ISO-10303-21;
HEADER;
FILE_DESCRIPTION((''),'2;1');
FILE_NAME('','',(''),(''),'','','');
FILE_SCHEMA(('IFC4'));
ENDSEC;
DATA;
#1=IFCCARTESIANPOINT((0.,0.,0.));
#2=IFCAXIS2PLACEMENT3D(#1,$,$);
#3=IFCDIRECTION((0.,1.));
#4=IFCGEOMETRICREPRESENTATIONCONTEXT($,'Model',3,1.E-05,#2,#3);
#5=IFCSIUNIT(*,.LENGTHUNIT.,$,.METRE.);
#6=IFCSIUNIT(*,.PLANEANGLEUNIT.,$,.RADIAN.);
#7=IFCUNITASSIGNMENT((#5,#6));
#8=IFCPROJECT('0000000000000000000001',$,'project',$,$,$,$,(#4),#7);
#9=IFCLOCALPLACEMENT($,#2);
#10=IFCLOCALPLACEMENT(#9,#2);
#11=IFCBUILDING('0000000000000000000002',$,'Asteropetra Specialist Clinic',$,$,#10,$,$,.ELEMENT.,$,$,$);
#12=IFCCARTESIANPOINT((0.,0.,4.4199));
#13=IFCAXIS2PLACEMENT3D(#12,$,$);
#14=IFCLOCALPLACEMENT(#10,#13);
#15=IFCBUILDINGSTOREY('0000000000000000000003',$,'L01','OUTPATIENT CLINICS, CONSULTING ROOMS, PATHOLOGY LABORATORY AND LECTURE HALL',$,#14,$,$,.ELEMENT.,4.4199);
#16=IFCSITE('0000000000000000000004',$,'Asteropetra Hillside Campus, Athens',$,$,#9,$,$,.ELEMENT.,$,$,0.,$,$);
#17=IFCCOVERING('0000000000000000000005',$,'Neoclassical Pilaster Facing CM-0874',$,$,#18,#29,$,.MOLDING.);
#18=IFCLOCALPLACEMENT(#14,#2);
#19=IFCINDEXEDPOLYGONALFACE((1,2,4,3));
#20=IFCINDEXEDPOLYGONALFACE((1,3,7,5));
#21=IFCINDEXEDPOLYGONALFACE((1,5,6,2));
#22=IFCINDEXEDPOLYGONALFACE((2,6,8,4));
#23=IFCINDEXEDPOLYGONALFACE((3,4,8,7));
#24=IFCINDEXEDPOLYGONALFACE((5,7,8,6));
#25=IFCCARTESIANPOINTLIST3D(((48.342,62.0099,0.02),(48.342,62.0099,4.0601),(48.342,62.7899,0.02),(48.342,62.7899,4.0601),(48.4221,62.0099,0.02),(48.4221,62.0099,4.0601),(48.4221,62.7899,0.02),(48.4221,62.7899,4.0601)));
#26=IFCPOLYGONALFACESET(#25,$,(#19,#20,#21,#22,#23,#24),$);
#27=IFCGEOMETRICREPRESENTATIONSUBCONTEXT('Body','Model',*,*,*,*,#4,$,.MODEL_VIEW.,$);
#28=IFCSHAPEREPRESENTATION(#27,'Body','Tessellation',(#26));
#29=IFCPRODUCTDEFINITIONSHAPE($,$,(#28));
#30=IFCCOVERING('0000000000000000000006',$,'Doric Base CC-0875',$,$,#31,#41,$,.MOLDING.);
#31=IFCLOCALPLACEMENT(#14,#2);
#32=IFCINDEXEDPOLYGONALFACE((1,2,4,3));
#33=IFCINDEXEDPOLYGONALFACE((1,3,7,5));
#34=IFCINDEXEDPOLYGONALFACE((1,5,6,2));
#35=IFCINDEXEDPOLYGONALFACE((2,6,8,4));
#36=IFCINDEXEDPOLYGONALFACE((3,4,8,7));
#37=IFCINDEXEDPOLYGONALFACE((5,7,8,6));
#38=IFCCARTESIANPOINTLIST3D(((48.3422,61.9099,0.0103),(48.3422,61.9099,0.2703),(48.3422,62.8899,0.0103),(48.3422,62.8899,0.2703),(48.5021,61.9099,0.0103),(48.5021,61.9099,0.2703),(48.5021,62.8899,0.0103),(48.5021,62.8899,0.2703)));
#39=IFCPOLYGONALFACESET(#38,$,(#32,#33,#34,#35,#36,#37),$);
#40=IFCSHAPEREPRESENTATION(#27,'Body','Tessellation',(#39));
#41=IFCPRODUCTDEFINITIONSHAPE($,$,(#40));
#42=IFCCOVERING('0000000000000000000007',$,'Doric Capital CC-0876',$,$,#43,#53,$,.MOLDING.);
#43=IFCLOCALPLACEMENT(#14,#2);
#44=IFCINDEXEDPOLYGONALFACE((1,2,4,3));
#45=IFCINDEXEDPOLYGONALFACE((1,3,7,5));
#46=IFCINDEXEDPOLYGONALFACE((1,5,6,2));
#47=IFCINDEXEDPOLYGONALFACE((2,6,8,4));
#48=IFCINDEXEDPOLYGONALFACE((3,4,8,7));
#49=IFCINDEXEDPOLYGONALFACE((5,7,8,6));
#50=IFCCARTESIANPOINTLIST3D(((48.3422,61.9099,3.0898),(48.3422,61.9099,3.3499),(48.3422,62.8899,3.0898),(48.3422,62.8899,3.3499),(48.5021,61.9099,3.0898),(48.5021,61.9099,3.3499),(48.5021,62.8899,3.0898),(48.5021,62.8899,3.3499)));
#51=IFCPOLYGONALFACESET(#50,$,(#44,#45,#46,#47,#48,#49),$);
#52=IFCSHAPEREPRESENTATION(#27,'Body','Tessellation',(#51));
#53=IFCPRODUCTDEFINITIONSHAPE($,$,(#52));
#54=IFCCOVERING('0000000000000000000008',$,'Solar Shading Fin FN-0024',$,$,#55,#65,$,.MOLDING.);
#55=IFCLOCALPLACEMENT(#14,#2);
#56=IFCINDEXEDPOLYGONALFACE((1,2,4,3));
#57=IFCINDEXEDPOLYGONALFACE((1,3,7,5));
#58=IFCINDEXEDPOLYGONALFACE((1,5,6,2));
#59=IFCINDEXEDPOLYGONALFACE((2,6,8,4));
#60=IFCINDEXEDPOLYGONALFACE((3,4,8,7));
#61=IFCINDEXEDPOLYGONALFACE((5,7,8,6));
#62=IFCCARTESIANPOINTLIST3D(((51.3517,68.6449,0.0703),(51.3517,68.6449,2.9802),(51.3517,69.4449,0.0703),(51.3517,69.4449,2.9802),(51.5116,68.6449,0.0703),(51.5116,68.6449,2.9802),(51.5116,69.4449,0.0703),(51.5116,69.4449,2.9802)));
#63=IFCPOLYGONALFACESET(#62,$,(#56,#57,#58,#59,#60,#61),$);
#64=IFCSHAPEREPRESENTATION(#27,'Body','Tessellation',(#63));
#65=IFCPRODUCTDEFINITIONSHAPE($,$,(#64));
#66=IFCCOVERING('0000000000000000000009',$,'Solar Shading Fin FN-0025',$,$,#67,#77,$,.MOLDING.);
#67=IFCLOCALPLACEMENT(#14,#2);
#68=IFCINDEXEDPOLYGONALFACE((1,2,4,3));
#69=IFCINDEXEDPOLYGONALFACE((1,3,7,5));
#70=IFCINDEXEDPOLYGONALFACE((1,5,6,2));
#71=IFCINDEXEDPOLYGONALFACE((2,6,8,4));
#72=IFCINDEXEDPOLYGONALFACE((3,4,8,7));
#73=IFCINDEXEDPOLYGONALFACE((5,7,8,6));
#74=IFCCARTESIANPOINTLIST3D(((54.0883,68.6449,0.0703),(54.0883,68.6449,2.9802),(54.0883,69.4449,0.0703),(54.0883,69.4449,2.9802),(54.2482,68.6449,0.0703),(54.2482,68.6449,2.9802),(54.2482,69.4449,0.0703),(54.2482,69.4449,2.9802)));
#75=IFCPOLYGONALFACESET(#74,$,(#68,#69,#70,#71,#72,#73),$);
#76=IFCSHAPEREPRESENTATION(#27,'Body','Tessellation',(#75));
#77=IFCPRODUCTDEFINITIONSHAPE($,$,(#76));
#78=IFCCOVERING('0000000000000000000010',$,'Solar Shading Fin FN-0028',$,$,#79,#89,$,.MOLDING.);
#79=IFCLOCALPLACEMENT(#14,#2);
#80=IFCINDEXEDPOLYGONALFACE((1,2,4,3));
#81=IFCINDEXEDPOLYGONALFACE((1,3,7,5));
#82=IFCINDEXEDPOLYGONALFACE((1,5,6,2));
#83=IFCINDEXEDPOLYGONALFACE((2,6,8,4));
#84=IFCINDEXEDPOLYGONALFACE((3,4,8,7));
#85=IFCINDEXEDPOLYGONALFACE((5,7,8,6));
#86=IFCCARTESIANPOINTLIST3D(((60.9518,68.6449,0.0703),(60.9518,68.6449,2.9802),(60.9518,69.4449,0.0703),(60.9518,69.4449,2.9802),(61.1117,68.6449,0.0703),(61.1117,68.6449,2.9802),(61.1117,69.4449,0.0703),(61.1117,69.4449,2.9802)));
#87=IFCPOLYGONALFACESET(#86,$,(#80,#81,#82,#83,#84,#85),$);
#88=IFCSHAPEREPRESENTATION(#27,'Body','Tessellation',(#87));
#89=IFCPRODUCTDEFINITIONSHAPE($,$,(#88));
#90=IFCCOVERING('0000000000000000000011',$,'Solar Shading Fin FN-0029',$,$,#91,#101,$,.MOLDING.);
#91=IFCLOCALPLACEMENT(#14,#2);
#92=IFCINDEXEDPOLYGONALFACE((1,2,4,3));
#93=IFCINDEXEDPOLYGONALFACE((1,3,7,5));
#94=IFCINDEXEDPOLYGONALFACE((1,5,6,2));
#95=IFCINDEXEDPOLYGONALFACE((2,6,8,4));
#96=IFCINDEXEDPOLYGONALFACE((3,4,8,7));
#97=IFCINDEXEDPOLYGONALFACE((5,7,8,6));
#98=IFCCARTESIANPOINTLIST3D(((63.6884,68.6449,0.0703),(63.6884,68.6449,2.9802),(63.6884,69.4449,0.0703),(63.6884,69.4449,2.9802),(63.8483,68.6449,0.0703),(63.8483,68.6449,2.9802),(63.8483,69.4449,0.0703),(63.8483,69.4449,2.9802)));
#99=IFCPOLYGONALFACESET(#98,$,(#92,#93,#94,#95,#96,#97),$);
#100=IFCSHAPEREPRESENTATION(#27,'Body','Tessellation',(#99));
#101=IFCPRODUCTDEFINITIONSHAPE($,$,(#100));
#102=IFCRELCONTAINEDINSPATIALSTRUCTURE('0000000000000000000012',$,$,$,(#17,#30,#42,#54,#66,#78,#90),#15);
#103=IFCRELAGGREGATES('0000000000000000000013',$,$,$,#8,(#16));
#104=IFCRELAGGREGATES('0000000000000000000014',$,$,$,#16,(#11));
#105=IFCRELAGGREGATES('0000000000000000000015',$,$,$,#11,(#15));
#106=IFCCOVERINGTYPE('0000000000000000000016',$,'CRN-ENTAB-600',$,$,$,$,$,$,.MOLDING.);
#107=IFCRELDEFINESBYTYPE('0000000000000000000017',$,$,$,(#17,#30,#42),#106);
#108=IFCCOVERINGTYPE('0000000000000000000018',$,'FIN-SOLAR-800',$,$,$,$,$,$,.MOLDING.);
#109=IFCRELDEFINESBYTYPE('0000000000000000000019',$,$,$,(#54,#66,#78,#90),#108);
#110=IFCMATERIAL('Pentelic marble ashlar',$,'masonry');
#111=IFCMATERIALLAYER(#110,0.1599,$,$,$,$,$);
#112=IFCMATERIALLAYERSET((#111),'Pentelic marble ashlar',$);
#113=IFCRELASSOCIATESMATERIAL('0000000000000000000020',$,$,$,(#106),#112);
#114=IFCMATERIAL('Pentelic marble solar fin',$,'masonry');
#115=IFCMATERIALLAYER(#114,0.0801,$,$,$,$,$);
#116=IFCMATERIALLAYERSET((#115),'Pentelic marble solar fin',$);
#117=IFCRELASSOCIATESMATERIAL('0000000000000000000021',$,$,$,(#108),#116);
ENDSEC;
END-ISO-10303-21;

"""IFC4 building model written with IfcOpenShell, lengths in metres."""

from ifc_helpers import new_model, si_unit, direction, frame, origin, origin_2d, place, context, subcontext, project, spatial, rectangle, extrude, material, layer, layer_set, type_object, element, save


model = new_model("IFC4")

# Units and contexts
model_context = context("Model", 3, precision=1e-05, world=origin(), true_north=direction((0.0, 1.0)))
body_context = subcontext(model_context, "Body", "Model", "MODEL_VIEW")
ifc_project = project(units=[si_unit("LENGTHUNIT", "METRE"), si_unit("PLANEANGLEUNIT", "RADIAN")], contexts=[model_context])

# Site, building, storey
site_placement = place(None, origin())
site = spatial("IfcSite", under=ifc_project, at=site_placement, Name="Asteropetra Hillside Campus, Athens", CompositionType="ELEMENT", RefElevation=0.0)
building_placement = place(site_placement, origin())
building = spatial("IfcBuilding", under=site, at=building_placement, Name="Asteropetra Specialist Clinic", CompositionType="ELEMENT")
storey_placement = place(building_placement, frame((0.0, 0.0, 4.4199)))
storey = spatial("IfcBuildingStorey", under=building, at=storey_placement, Name="L01", Description="OUTPATIENT CLINICS, CONSULTING ROOMS, PATHOLOGY LABORATORY AND LECTURE HALL", CompositionType="ELEMENT", Elevation=4.4199)

# Coverings
ifc_material_1 = material(Name="Pentelic marble ashlar", Category="masonry")
ifc_layer_1 = layer(ifc_material_1, 0.1599)
ifc_layer_set_1 = layer_set([ifc_layer_1], Name="Pentelic marble ashlar")
covering_type_1 = type_object("IfcCoveringType", Name="CRN-ENTAB-600", PredefinedType="MOLDING", material=ifc_layer_set_1)
covering_1_placement = place(storey_placement, frame((48.3821, 62.3999, 0.02), z_axis=(0.0, 0.0, 1.0), x_axis=(1.0, 0.0, 0.0)))
element("IfcCovering", 1, at=covering_1_placement, inside=storey, type_object=covering_type_1, Name="Neoclassical Pilaster Facing CM-0874", PredefinedType="MOLDING", context=body_context, shape_type="SweptSolid", body=[
    extrude(rectangle(XDim=0.0801, YDim=0.78, at=origin_2d()), origin(), (0.0, 0.0, 1.0), 4.04),
])
for number, where, z_axis, x_axis, name in (
    (2, (48.4221, 62.3999, 0.0103), (0.0, 0.0, 1.0), (1.0, 0.0, 0.0), "Doric Base CC-0875"),
    (3, (48.4221, 62.3999, 3.0898), (0.0, 0.0, 1.0), (1.0, 0.0, 0.0), "Doric Capital CC-0876"),
):
    element("IfcCovering", number, at=place(storey_placement, frame(where, z_axis=z_axis, x_axis=x_axis)), inside=storey, type_object=covering_type_1, Name=name, PredefinedType="MOLDING", context=body_context, shape_type="SweptSolid", body=[
        extrude(rectangle(XDim=0.1599, YDim=0.98, at=origin_2d()), origin(), (0.0, 0.0, 1.0), 0.26),
    ])
ifc_material_2 = material(Name="Pentelic marble solar fin", Category="masonry")
ifc_layer_2 = layer(ifc_material_2, 0.0801)
ifc_layer_set_2 = layer_set([ifc_layer_2], Name="Pentelic marble solar fin")
covering_type_2 = type_object("IfcCoveringType", Name="FIN-SOLAR-800", PredefinedType="MOLDING", material=ifc_layer_set_2)
for number, where, z_axis, x_axis, name in (
    (4, (51.4316, 69.0449, 0.0703), (0.0, 0.0, 1.0), (1.0, 0.0, 0.0), "Solar Shading Fin FN-0024"),
    (5, (54.1682, 69.0449, 0.0703), (0.0, 0.0, 1.0), (1.0, 0.0, 0.0), "Solar Shading Fin FN-0025"),
    (6, (61.0317, 69.0449, 0.0703), (0.0, 0.0, 1.0), (1.0, 0.0, 0.0), "Solar Shading Fin FN-0028"),
    (7, (63.7683, 69.0449, 0.0703), (0.0, 0.0, 1.0), (1.0, 0.0, 0.0), "Solar Shading Fin FN-0029"),
):
    element("IfcCovering", number, at=place(storey_placement, frame(where, z_axis=z_axis, x_axis=x_axis)), inside=storey, type_object=covering_type_2, Name=name, PredefinedType="MOLDING", context=body_context, shape_type="SweptSolid", body=[
        extrude(rectangle(XDim=0.1599, YDim=0.8, at=origin_2d()), origin(), (0.0, 0.0, 1.0), 2.9099),
    ])

save(model, "model.ifc")
